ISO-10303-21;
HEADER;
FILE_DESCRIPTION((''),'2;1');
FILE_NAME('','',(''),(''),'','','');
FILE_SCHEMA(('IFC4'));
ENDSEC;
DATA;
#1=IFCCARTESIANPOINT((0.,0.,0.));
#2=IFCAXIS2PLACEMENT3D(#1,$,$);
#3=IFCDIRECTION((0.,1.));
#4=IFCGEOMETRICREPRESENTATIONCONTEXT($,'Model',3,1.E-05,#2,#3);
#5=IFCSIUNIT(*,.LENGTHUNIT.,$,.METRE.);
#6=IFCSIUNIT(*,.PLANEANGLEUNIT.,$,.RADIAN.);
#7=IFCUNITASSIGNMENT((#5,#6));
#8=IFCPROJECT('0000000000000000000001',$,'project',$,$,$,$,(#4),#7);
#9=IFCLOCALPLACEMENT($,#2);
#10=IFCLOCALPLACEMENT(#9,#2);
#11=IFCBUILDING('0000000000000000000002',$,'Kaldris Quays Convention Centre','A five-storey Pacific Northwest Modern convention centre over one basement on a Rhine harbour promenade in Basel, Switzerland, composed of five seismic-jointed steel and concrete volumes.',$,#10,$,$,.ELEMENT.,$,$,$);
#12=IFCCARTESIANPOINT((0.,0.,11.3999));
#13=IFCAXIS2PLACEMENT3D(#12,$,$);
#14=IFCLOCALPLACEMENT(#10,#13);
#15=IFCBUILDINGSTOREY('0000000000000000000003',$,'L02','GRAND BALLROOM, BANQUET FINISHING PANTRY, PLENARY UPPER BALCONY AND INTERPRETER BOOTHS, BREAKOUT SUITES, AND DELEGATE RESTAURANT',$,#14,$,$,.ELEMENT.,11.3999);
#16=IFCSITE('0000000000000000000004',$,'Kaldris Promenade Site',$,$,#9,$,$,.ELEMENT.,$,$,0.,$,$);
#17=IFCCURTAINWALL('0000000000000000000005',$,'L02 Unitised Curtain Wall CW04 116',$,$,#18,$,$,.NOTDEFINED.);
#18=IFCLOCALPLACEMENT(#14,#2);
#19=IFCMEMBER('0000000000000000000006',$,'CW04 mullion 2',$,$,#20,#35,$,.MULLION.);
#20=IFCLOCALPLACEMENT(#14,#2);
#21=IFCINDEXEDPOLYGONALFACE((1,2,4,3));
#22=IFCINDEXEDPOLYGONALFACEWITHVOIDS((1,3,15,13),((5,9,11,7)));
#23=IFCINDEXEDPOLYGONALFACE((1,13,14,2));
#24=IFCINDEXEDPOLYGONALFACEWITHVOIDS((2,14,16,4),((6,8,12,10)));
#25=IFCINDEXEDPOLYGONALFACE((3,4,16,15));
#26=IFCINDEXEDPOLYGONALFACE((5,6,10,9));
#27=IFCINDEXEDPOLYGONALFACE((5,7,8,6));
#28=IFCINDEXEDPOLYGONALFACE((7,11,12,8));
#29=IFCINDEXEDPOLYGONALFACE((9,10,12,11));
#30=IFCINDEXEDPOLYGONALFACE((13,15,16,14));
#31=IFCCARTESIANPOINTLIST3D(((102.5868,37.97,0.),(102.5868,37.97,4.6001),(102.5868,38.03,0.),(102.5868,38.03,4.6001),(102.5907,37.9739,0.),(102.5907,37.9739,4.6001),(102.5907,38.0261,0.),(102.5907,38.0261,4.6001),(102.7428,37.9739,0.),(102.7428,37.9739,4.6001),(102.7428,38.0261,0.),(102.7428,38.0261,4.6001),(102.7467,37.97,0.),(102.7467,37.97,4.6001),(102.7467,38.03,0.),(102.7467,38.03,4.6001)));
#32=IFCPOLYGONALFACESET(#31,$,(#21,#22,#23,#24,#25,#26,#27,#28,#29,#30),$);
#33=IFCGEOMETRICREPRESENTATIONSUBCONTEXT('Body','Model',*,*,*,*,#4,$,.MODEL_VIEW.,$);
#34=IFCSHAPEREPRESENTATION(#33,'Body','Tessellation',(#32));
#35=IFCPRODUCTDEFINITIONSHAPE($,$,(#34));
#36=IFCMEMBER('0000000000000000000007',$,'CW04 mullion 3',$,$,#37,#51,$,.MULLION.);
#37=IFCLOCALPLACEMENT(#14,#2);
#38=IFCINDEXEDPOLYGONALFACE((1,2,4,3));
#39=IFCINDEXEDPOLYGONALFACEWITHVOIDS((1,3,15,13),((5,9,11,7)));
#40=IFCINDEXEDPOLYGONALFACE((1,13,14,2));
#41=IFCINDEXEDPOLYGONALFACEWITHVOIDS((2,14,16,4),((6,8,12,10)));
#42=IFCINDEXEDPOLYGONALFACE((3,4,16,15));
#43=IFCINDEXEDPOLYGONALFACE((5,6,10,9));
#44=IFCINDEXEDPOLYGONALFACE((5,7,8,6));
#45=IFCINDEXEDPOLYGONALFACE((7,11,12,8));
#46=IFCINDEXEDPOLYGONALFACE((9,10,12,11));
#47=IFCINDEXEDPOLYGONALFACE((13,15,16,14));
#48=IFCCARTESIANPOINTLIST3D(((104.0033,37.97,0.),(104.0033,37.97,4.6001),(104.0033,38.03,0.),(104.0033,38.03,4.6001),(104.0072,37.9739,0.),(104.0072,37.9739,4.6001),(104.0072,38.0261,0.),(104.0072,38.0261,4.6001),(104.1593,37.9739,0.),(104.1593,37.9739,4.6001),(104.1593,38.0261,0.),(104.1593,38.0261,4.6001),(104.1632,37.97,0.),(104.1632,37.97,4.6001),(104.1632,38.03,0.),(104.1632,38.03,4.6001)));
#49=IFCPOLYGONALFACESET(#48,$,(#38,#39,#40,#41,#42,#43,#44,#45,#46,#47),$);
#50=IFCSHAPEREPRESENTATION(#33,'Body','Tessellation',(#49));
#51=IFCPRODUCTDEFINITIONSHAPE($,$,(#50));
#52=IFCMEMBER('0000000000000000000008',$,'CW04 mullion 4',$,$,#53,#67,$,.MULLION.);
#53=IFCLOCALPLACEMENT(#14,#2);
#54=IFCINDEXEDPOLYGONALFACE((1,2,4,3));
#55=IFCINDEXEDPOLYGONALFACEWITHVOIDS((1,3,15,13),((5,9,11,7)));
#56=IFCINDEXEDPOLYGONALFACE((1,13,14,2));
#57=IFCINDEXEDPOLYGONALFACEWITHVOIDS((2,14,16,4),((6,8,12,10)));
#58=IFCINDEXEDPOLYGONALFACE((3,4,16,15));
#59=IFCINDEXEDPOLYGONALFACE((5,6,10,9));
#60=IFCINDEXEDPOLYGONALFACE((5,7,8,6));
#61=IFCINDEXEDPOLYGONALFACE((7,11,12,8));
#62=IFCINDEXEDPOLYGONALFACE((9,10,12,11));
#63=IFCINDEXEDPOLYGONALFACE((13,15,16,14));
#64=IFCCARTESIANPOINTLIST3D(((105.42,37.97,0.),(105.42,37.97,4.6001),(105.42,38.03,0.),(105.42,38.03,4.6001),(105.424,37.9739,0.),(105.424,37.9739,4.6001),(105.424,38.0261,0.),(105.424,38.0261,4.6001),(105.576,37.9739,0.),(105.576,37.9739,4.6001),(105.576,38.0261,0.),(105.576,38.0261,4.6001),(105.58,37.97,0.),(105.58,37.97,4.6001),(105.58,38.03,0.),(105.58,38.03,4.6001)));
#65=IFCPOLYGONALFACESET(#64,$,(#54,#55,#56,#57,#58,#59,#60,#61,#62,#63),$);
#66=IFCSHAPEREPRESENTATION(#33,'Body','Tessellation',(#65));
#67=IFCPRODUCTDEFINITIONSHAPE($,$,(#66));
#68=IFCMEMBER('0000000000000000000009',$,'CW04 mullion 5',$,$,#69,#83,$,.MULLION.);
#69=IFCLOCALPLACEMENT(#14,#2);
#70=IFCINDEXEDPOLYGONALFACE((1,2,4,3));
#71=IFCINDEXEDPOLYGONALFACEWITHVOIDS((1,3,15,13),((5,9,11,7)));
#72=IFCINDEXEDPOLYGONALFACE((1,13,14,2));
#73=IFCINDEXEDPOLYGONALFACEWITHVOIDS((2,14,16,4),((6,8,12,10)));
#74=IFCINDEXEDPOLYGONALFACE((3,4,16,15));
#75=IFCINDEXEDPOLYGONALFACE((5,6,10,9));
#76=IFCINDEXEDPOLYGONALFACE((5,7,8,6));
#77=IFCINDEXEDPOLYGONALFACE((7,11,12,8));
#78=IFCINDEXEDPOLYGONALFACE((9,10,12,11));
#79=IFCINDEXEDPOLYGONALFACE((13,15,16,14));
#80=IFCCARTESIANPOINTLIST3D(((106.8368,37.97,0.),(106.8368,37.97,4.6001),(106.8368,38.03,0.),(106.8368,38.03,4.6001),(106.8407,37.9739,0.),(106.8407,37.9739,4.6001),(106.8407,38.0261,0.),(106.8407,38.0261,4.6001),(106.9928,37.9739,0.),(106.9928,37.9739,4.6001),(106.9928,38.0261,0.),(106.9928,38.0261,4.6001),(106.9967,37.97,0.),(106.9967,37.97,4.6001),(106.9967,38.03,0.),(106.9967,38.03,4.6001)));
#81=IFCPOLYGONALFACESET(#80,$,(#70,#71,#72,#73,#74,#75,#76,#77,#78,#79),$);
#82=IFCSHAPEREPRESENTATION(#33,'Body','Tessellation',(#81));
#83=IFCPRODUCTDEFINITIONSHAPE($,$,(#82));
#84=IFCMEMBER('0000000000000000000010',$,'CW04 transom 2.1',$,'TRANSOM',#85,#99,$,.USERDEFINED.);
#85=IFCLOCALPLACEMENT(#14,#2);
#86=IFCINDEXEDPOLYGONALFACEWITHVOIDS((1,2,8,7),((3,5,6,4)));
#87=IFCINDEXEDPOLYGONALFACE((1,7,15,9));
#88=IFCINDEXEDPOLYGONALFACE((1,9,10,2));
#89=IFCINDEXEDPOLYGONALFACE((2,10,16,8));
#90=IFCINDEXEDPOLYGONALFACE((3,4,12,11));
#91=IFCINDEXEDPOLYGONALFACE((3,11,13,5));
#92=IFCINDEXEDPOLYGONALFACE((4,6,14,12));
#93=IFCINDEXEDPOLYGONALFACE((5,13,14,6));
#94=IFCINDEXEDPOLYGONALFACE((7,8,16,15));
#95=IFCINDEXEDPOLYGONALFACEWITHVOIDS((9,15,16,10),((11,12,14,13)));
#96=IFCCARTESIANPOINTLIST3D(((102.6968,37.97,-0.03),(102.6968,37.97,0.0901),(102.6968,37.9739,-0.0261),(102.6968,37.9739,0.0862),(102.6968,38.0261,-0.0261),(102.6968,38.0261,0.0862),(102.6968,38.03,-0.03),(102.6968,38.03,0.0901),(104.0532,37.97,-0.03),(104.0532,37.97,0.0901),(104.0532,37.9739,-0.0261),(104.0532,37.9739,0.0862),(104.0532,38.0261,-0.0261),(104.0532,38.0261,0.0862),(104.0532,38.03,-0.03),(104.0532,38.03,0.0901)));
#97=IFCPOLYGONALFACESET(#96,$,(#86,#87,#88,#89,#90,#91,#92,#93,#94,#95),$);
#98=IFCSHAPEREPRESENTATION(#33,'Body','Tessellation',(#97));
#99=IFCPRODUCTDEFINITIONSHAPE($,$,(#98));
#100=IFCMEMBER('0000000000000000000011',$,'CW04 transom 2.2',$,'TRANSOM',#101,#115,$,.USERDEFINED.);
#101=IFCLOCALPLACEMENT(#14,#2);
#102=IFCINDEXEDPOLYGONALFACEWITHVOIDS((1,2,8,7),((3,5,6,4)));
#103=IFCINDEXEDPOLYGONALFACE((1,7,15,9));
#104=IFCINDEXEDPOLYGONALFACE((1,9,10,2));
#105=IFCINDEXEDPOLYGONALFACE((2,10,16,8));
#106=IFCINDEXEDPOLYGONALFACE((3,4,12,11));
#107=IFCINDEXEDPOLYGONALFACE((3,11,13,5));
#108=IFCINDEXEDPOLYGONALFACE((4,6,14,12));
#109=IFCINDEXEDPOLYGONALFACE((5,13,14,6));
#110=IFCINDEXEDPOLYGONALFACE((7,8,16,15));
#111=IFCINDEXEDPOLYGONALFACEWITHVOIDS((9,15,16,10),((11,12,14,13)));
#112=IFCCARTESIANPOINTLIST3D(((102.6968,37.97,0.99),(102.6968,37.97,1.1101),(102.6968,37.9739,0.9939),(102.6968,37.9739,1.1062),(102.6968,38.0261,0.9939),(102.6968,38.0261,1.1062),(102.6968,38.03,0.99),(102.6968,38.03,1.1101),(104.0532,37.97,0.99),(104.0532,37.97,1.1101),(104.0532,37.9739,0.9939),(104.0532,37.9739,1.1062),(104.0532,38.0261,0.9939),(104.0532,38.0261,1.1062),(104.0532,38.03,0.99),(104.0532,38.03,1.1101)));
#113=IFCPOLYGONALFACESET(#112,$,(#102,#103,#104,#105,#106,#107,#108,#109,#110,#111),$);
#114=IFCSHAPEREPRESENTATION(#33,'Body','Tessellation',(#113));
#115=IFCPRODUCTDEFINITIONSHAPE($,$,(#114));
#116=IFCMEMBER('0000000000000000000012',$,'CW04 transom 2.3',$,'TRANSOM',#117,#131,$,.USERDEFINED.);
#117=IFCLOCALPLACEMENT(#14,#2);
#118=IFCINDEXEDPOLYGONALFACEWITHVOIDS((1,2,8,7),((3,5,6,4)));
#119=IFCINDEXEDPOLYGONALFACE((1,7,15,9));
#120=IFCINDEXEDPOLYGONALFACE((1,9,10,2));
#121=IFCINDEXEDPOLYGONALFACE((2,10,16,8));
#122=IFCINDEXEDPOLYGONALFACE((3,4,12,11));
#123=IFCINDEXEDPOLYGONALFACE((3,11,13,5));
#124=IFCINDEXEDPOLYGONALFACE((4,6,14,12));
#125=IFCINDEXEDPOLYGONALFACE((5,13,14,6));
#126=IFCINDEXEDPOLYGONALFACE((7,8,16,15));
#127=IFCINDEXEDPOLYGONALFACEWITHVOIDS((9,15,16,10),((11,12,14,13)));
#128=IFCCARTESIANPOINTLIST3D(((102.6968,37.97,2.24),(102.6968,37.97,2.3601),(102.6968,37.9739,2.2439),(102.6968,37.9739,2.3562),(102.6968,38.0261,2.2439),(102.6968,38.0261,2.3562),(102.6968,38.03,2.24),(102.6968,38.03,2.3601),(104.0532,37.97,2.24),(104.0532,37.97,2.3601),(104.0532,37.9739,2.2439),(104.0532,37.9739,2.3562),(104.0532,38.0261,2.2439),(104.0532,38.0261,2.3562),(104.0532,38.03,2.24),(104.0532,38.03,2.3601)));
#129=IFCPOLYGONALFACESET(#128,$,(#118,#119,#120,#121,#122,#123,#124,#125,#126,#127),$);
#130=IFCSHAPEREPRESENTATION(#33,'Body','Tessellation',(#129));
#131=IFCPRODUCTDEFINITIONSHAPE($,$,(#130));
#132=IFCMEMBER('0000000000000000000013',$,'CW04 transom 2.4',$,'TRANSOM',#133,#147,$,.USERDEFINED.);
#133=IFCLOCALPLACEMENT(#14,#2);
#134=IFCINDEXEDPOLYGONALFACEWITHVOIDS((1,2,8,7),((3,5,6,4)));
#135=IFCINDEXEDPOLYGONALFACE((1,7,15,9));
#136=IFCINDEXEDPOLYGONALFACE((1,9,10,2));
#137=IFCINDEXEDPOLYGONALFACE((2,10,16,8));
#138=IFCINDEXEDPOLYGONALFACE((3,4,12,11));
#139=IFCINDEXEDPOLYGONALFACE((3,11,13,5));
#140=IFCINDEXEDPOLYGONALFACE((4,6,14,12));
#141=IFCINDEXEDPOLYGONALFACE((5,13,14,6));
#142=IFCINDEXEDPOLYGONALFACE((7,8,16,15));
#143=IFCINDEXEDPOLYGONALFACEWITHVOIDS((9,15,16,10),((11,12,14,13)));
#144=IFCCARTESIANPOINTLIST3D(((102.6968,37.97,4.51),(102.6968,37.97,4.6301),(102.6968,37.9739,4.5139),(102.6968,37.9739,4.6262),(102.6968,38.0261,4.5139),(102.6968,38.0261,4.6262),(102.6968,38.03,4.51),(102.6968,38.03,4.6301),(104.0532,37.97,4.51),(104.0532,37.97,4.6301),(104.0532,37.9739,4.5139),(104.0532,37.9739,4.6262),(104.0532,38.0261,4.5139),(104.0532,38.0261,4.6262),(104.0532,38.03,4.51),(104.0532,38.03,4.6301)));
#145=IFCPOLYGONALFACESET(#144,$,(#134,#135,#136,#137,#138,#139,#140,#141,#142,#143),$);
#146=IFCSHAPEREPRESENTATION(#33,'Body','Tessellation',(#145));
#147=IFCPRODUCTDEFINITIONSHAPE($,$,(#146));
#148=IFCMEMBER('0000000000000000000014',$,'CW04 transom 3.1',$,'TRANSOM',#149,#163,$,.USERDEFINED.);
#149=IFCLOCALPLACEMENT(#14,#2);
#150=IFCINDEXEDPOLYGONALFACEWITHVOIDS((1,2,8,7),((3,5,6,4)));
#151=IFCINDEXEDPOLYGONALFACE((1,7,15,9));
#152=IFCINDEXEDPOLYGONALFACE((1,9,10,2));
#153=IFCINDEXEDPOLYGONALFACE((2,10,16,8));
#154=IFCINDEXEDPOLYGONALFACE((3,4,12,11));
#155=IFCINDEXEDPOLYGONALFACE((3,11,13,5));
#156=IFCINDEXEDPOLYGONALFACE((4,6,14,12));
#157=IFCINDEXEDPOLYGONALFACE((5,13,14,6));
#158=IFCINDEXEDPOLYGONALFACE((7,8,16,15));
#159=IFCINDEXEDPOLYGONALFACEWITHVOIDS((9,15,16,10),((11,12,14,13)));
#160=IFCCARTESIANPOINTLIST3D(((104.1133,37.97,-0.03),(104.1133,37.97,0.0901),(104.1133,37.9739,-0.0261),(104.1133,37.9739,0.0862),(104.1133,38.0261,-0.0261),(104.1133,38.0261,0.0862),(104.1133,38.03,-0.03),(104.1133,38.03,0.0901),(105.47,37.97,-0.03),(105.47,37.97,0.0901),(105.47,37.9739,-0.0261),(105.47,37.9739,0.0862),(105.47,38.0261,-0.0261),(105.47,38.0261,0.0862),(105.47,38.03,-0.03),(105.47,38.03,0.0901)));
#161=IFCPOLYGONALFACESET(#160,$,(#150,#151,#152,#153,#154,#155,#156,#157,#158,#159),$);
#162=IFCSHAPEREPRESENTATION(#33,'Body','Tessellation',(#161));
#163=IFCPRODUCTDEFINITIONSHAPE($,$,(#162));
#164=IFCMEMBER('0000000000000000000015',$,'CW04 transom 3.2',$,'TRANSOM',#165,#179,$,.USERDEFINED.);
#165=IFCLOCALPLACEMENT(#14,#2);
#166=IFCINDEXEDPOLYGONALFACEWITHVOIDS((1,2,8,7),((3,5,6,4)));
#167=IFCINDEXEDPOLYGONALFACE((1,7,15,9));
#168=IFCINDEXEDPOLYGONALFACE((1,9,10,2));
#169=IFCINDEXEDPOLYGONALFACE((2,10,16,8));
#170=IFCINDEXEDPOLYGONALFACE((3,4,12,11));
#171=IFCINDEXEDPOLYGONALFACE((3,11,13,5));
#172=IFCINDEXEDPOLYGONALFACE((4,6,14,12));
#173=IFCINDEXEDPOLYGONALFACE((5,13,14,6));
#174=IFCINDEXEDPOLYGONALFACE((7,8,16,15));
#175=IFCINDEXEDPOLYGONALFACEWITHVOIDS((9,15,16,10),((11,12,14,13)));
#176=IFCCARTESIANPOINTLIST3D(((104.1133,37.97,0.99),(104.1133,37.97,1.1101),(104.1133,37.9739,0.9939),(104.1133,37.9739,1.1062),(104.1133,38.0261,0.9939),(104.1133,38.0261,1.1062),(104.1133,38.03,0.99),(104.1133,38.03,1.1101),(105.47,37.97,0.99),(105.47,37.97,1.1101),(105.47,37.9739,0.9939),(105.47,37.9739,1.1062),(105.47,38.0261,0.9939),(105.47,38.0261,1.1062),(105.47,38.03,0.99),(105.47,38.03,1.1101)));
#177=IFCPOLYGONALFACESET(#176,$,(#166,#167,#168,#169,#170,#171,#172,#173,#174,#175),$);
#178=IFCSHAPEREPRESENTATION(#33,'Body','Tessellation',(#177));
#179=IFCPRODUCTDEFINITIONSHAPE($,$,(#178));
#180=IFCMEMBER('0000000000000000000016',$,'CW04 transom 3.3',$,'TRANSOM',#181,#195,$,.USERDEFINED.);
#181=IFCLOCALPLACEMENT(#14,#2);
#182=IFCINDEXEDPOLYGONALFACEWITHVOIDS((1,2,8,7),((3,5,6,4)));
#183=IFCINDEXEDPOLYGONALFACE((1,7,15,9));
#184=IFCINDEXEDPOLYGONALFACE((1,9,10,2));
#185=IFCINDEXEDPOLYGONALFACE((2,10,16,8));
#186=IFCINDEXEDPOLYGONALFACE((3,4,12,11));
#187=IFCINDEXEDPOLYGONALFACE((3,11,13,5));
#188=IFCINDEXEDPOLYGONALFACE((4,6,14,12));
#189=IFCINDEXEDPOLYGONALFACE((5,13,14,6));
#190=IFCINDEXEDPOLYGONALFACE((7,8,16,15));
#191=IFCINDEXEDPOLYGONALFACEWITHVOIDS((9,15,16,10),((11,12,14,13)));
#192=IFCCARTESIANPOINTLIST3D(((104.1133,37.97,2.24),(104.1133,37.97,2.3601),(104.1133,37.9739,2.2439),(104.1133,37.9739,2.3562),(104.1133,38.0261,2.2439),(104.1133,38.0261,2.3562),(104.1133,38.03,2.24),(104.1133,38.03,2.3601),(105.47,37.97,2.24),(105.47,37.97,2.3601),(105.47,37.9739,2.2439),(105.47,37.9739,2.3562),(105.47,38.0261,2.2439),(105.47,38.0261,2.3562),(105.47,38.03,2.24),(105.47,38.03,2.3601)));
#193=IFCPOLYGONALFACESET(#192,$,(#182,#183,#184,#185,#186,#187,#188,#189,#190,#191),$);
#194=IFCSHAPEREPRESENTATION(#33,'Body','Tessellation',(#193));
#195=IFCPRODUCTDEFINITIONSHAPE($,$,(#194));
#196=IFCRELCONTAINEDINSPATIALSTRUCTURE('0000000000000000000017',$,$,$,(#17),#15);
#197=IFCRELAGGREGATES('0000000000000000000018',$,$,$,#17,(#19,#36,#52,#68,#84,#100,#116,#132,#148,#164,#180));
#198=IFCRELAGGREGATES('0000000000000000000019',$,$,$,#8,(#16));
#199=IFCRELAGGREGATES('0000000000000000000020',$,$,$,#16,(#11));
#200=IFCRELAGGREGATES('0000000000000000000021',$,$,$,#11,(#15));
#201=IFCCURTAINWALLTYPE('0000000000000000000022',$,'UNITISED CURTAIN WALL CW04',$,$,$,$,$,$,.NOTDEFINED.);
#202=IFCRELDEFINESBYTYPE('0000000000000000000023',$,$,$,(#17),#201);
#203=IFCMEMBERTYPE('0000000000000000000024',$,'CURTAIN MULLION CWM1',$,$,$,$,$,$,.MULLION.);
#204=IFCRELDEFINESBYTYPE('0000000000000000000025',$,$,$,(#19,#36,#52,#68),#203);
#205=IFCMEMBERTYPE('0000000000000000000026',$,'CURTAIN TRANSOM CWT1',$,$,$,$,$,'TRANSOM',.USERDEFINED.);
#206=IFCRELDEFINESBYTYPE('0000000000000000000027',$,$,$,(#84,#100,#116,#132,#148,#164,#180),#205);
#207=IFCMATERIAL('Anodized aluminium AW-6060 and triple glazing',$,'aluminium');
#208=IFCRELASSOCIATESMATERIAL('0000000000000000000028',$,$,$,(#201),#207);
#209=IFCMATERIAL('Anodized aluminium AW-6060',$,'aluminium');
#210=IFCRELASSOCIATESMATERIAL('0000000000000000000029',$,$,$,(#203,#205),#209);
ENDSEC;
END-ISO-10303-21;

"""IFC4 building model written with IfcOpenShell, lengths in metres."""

from ifc_helpers import new_model, si_unit, direction, frame, origin, origin_2d, place, context, subcontext, project, spatial, hollow_rectangle, extrude, material, material_profile, profile_set, type_object, element, aggregate, save


model = new_model("IFC4")

# Units and contexts
model_context = context("Model", 3, precision=1e-05, world=origin(), true_north=direction((0.0, 1.0)))
body_context = subcontext(model_context, "Body", "Model", "MODEL_VIEW")
ifc_project = project(units=[si_unit("LENGTHUNIT", "METRE"), si_unit("PLANEANGLEUNIT", "RADIAN")], contexts=[model_context])

# Site, building, storey
site_placement = place(None, origin())
site = spatial("IfcSite", under=ifc_project, at=site_placement, Name="Kaldris Promenade Site", CompositionType="ELEMENT", RefElevation=0.0)
building_placement = place(site_placement, origin())
building = spatial("IfcBuilding", under=site, at=building_placement, Name="Kaldris Quays Convention Centre", Description="A five-storey Pacific Northwest Modern convention centre over one basement on a Rhine harbour promenade in Basel, Switzerland, composed of five seismic-jointed steel and concrete volumes.", CompositionType="ELEMENT")
storey_placement = place(building_placement, frame((0.0, 0.0, 11.3999)))
storey = spatial("IfcBuildingStorey", under=building, at=storey_placement, Name="L02", Description="GRAND BALLROOM, BANQUET FINISHING PANTRY, PLENARY UPPER BALCONY AND INTERPRETER BOOTHS, BREAKOUT SUITES, AND DELEGATE RESTAURANT", CompositionType="ELEMENT", Elevation=11.3999)

# Curtain wall, members
ifc_material_1 = material(Name="Anodized aluminium AW-6060 and triple glazing", Category="aluminium")
curtain_wall_type = type_object("IfcCurtainWallType", Name="UNITISED CURTAIN WALL CW04", PredefinedType="NOTDEFINED", material=ifc_material_1)
curtain_wall_placement = place(storey_placement, origin())
curtain_wall = element("IfcCurtainWall", 1, at=curtain_wall_placement, inside=storey, type_object=curtain_wall_type, Name="L02 Unitised Curtain Wall CW04 116", PredefinedType="NOTDEFINED")
ifc_material_2 = material(Name="Anodized aluminium AW-6060", Category="aluminium")
ifc_material_profile_1 = material_profile(ifc_material_2, hollow_rectangle(XDim=0.0601, YDim=0.1599, WallThickness=0.0039, at=origin_2d()), Name="RHS 160x60x4")
ifc_profile_set_1 = profile_set([ifc_material_profile_1], Name="Anodized aluminium AW-6060")
member_type_1 = type_object("IfcMemberType", Name="CURTAIN MULLION CWM1", PredefinedType="MULLION", material=ifc_profile_set_1)
member_1_placement = place(storey_placement, frame((102.6667, 38.0, 0.0), z_axis=(0.0, 0.0, 1.0), x_axis=(0.0, 1.0, 0.0)))
member_1 = element("IfcMember", 2, at=member_1_placement, type_object=member_type_1, Name="CW04 mullion 2", PredefinedType="MULLION", context=body_context, shape_type="SweptSolid", body=[
    extrude(hollow_rectangle(XDim=0.0601, YDim=0.1599, WallThickness=0.0039, at=origin_2d()), origin(), (0.0, 0.0, 1.0), 4.6001),
])
member_2_placement = place(storey_placement, frame((104.0833, 38.0, 0.0), z_axis=(0.0, 0.0, 1.0), x_axis=(0.0, 1.0, 0.0)))
member_2 = element("IfcMember", 3, at=member_2_placement, type_object=member_type_1, Name="CW04 mullion 3", PredefinedType="MULLION", context=body_context, shape_type="SweptSolid", body=[
    extrude(hollow_rectangle(XDim=0.0601, YDim=0.1599, WallThickness=0.0039, at=origin_2d()), origin(), (0.0, 0.0, 1.0), 4.6001),
])
member_3_placement = place(storey_placement, frame((105.5, 38.0, 0.0), z_axis=(0.0, 0.0, 1.0), x_axis=(0.0, 1.0, 0.0)))
member_3 = element("IfcMember", 4, at=member_3_placement, type_object=member_type_1, Name="CW04 mullion 4", PredefinedType="MULLION", context=body_context, shape_type="SweptSolid", body=[
    extrude(hollow_rectangle(XDim=0.0601, YDim=0.1599, WallThickness=0.0039, at=origin_2d()), origin(), (0.0, 0.0, 1.0), 4.6001),
])
member_4_placement = place(storey_placement, frame((106.9167, 38.0, 0.0), z_axis=(0.0, 0.0, 1.0), x_axis=(0.0, 1.0, 0.0)))
member_4 = element("IfcMember", 5, at=member_4_placement, type_object=member_type_1, Name="CW04 mullion 5", PredefinedType="MULLION", context=body_context, shape_type="SweptSolid", body=[
    extrude(hollow_rectangle(XDim=0.0601, YDim=0.1599, WallThickness=0.0039, at=origin_2d()), origin(), (0.0, 0.0, 1.0), 4.6001),
])
ifc_material_profile_2 = material_profile(ifc_material_2, hollow_rectangle(XDim=0.0601, YDim=0.1201, WallThickness=0.0039, at=origin_2d()), Name="RHS 120x60x4")
ifc_profile_set_2 = profile_set([ifc_material_profile_2], Name="Anodized aluminium AW-6060")
member_type_2 = type_object("IfcMemberType", Name="CURTAIN TRANSOM CWT1", ElementType="TRANSOM", PredefinedType="USERDEFINED", material=ifc_profile_set_2)
member_5_placement = place(storey_placement, frame((102.6968, 38.0, 0.03), z_axis=(1.0, 0.0, 0.0), x_axis=(0.0, 1.0, 0.0)))
member_5 = element("IfcMember", 6, at=member_5_placement, type_object=member_type_2, Name="CW04 transom 2.1", ObjectType="TRANSOM", PredefinedType="USERDEFINED", context=body_context, shape_type="SweptSolid", body=[
    extrude(hollow_rectangle(XDim=0.0601, YDim=0.1201, WallThickness=0.0039, at=origin_2d()), origin(), (0.0, 0.0, 1.0), 1.3564),
])
member_6_placement = place(storey_placement, frame((102.6968, 38.0, 1.05), z_axis=(1.0, 0.0, 0.0), x_axis=(0.0, 1.0, 0.0)))
member_6 = element("IfcMember", 7, at=member_6_placement, type_object=member_type_2, Name="CW04 transom 2.2", ObjectType="TRANSOM", PredefinedType="USERDEFINED", context=body_context, shape_type="SweptSolid", body=[
    extrude(hollow_rectangle(XDim=0.0601, YDim=0.1201, WallThickness=0.0039, at=origin_2d()), origin(), (0.0, 0.0, 1.0), 1.3564),
])
member_7_placement = place(storey_placement, frame((102.6968, 38.0, 2.3), z_axis=(1.0, 0.0, 0.0), x_axis=(0.0, 1.0, 0.0)))
member_7 = element("IfcMember", 8, at=member_7_placement, type_object=member_type_2, Name="CW04 transom 2.3", ObjectType="TRANSOM", PredefinedType="USERDEFINED", context=body_context, shape_type="SweptSolid", body=[
    extrude(hollow_rectangle(XDim=0.0601, YDim=0.1201, WallThickness=0.0039, at=origin_2d()), origin(), (0.0, 0.0, 1.0), 1.3564),
])
member_8_placement = place(storey_placement, frame((102.6968, 38.0, 4.5701), z_axis=(1.0, 0.0, 0.0), x_axis=(0.0, 1.0, 0.0)))
member_8 = element("IfcMember", 9, at=member_8_placement, type_object=member_type_2, Name="CW04 transom 2.4", ObjectType="TRANSOM", PredefinedType="USERDEFINED", context=body_context, shape_type="SweptSolid", body=[
    extrude(hollow_rectangle(XDim=0.0601, YDim=0.1201, WallThickness=0.0039, at=origin_2d()), origin(), (0.0, 0.0, 1.0), 1.3564),
])
member_9_placement = place(storey_placement, frame((104.1133, 38.0, 0.03), z_axis=(1.0, 0.0, 0.0), x_axis=(0.0, 1.0, 0.0)))
member_9 = element("IfcMember", 10, at=member_9_placement, type_object=member_type_2, Name="CW04 transom 3.1", ObjectType="TRANSOM", PredefinedType="USERDEFINED", context=body_context, shape_type="SweptSolid", body=[
    extrude(hollow_rectangle(XDim=0.0601, YDim=0.1201, WallThickness=0.0039, at=origin_2d()), origin(), (0.0, 0.0, 1.0), 1.3567),
])
member_10_placement = place(storey_placement, frame((104.1133, 38.0, 1.05), z_axis=(1.0, 0.0, 0.0), x_axis=(0.0, 1.0, 0.0)))
member_10 = element("IfcMember", 11, at=member_10_placement, type_object=member_type_2, Name="CW04 transom 3.2", ObjectType="TRANSOM", PredefinedType="USERDEFINED", context=body_context, shape_type="SweptSolid", body=[
    extrude(hollow_rectangle(XDim=0.0601, YDim=0.1201, WallThickness=0.0039, at=origin_2d()), origin(), (0.0, 0.0, 1.0), 1.3567),
])
member_11_placement = place(storey_placement, frame((104.1133, 38.0, 2.3), z_axis=(1.0, 0.0, 0.0), x_axis=(0.0, 1.0, 0.0)))
member_11 = element("IfcMember", 12, at=member_11_placement, type_object=member_type_2, Name="CW04 transom 3.3", ObjectType="TRANSOM", PredefinedType="USERDEFINED", context=body_context, shape_type="SweptSolid", body=[
    extrude(hollow_rectangle(XDim=0.0601, YDim=0.1201, WallThickness=0.0039, at=origin_2d()), origin(), (0.0, 0.0, 1.0), 1.3567),
])
aggregate(curtain_wall, [member_1, member_2, member_3, member_4, member_5, member_6, member_7, member_8, member_9, member_10, member_11])

save(model, "model.ifc")
